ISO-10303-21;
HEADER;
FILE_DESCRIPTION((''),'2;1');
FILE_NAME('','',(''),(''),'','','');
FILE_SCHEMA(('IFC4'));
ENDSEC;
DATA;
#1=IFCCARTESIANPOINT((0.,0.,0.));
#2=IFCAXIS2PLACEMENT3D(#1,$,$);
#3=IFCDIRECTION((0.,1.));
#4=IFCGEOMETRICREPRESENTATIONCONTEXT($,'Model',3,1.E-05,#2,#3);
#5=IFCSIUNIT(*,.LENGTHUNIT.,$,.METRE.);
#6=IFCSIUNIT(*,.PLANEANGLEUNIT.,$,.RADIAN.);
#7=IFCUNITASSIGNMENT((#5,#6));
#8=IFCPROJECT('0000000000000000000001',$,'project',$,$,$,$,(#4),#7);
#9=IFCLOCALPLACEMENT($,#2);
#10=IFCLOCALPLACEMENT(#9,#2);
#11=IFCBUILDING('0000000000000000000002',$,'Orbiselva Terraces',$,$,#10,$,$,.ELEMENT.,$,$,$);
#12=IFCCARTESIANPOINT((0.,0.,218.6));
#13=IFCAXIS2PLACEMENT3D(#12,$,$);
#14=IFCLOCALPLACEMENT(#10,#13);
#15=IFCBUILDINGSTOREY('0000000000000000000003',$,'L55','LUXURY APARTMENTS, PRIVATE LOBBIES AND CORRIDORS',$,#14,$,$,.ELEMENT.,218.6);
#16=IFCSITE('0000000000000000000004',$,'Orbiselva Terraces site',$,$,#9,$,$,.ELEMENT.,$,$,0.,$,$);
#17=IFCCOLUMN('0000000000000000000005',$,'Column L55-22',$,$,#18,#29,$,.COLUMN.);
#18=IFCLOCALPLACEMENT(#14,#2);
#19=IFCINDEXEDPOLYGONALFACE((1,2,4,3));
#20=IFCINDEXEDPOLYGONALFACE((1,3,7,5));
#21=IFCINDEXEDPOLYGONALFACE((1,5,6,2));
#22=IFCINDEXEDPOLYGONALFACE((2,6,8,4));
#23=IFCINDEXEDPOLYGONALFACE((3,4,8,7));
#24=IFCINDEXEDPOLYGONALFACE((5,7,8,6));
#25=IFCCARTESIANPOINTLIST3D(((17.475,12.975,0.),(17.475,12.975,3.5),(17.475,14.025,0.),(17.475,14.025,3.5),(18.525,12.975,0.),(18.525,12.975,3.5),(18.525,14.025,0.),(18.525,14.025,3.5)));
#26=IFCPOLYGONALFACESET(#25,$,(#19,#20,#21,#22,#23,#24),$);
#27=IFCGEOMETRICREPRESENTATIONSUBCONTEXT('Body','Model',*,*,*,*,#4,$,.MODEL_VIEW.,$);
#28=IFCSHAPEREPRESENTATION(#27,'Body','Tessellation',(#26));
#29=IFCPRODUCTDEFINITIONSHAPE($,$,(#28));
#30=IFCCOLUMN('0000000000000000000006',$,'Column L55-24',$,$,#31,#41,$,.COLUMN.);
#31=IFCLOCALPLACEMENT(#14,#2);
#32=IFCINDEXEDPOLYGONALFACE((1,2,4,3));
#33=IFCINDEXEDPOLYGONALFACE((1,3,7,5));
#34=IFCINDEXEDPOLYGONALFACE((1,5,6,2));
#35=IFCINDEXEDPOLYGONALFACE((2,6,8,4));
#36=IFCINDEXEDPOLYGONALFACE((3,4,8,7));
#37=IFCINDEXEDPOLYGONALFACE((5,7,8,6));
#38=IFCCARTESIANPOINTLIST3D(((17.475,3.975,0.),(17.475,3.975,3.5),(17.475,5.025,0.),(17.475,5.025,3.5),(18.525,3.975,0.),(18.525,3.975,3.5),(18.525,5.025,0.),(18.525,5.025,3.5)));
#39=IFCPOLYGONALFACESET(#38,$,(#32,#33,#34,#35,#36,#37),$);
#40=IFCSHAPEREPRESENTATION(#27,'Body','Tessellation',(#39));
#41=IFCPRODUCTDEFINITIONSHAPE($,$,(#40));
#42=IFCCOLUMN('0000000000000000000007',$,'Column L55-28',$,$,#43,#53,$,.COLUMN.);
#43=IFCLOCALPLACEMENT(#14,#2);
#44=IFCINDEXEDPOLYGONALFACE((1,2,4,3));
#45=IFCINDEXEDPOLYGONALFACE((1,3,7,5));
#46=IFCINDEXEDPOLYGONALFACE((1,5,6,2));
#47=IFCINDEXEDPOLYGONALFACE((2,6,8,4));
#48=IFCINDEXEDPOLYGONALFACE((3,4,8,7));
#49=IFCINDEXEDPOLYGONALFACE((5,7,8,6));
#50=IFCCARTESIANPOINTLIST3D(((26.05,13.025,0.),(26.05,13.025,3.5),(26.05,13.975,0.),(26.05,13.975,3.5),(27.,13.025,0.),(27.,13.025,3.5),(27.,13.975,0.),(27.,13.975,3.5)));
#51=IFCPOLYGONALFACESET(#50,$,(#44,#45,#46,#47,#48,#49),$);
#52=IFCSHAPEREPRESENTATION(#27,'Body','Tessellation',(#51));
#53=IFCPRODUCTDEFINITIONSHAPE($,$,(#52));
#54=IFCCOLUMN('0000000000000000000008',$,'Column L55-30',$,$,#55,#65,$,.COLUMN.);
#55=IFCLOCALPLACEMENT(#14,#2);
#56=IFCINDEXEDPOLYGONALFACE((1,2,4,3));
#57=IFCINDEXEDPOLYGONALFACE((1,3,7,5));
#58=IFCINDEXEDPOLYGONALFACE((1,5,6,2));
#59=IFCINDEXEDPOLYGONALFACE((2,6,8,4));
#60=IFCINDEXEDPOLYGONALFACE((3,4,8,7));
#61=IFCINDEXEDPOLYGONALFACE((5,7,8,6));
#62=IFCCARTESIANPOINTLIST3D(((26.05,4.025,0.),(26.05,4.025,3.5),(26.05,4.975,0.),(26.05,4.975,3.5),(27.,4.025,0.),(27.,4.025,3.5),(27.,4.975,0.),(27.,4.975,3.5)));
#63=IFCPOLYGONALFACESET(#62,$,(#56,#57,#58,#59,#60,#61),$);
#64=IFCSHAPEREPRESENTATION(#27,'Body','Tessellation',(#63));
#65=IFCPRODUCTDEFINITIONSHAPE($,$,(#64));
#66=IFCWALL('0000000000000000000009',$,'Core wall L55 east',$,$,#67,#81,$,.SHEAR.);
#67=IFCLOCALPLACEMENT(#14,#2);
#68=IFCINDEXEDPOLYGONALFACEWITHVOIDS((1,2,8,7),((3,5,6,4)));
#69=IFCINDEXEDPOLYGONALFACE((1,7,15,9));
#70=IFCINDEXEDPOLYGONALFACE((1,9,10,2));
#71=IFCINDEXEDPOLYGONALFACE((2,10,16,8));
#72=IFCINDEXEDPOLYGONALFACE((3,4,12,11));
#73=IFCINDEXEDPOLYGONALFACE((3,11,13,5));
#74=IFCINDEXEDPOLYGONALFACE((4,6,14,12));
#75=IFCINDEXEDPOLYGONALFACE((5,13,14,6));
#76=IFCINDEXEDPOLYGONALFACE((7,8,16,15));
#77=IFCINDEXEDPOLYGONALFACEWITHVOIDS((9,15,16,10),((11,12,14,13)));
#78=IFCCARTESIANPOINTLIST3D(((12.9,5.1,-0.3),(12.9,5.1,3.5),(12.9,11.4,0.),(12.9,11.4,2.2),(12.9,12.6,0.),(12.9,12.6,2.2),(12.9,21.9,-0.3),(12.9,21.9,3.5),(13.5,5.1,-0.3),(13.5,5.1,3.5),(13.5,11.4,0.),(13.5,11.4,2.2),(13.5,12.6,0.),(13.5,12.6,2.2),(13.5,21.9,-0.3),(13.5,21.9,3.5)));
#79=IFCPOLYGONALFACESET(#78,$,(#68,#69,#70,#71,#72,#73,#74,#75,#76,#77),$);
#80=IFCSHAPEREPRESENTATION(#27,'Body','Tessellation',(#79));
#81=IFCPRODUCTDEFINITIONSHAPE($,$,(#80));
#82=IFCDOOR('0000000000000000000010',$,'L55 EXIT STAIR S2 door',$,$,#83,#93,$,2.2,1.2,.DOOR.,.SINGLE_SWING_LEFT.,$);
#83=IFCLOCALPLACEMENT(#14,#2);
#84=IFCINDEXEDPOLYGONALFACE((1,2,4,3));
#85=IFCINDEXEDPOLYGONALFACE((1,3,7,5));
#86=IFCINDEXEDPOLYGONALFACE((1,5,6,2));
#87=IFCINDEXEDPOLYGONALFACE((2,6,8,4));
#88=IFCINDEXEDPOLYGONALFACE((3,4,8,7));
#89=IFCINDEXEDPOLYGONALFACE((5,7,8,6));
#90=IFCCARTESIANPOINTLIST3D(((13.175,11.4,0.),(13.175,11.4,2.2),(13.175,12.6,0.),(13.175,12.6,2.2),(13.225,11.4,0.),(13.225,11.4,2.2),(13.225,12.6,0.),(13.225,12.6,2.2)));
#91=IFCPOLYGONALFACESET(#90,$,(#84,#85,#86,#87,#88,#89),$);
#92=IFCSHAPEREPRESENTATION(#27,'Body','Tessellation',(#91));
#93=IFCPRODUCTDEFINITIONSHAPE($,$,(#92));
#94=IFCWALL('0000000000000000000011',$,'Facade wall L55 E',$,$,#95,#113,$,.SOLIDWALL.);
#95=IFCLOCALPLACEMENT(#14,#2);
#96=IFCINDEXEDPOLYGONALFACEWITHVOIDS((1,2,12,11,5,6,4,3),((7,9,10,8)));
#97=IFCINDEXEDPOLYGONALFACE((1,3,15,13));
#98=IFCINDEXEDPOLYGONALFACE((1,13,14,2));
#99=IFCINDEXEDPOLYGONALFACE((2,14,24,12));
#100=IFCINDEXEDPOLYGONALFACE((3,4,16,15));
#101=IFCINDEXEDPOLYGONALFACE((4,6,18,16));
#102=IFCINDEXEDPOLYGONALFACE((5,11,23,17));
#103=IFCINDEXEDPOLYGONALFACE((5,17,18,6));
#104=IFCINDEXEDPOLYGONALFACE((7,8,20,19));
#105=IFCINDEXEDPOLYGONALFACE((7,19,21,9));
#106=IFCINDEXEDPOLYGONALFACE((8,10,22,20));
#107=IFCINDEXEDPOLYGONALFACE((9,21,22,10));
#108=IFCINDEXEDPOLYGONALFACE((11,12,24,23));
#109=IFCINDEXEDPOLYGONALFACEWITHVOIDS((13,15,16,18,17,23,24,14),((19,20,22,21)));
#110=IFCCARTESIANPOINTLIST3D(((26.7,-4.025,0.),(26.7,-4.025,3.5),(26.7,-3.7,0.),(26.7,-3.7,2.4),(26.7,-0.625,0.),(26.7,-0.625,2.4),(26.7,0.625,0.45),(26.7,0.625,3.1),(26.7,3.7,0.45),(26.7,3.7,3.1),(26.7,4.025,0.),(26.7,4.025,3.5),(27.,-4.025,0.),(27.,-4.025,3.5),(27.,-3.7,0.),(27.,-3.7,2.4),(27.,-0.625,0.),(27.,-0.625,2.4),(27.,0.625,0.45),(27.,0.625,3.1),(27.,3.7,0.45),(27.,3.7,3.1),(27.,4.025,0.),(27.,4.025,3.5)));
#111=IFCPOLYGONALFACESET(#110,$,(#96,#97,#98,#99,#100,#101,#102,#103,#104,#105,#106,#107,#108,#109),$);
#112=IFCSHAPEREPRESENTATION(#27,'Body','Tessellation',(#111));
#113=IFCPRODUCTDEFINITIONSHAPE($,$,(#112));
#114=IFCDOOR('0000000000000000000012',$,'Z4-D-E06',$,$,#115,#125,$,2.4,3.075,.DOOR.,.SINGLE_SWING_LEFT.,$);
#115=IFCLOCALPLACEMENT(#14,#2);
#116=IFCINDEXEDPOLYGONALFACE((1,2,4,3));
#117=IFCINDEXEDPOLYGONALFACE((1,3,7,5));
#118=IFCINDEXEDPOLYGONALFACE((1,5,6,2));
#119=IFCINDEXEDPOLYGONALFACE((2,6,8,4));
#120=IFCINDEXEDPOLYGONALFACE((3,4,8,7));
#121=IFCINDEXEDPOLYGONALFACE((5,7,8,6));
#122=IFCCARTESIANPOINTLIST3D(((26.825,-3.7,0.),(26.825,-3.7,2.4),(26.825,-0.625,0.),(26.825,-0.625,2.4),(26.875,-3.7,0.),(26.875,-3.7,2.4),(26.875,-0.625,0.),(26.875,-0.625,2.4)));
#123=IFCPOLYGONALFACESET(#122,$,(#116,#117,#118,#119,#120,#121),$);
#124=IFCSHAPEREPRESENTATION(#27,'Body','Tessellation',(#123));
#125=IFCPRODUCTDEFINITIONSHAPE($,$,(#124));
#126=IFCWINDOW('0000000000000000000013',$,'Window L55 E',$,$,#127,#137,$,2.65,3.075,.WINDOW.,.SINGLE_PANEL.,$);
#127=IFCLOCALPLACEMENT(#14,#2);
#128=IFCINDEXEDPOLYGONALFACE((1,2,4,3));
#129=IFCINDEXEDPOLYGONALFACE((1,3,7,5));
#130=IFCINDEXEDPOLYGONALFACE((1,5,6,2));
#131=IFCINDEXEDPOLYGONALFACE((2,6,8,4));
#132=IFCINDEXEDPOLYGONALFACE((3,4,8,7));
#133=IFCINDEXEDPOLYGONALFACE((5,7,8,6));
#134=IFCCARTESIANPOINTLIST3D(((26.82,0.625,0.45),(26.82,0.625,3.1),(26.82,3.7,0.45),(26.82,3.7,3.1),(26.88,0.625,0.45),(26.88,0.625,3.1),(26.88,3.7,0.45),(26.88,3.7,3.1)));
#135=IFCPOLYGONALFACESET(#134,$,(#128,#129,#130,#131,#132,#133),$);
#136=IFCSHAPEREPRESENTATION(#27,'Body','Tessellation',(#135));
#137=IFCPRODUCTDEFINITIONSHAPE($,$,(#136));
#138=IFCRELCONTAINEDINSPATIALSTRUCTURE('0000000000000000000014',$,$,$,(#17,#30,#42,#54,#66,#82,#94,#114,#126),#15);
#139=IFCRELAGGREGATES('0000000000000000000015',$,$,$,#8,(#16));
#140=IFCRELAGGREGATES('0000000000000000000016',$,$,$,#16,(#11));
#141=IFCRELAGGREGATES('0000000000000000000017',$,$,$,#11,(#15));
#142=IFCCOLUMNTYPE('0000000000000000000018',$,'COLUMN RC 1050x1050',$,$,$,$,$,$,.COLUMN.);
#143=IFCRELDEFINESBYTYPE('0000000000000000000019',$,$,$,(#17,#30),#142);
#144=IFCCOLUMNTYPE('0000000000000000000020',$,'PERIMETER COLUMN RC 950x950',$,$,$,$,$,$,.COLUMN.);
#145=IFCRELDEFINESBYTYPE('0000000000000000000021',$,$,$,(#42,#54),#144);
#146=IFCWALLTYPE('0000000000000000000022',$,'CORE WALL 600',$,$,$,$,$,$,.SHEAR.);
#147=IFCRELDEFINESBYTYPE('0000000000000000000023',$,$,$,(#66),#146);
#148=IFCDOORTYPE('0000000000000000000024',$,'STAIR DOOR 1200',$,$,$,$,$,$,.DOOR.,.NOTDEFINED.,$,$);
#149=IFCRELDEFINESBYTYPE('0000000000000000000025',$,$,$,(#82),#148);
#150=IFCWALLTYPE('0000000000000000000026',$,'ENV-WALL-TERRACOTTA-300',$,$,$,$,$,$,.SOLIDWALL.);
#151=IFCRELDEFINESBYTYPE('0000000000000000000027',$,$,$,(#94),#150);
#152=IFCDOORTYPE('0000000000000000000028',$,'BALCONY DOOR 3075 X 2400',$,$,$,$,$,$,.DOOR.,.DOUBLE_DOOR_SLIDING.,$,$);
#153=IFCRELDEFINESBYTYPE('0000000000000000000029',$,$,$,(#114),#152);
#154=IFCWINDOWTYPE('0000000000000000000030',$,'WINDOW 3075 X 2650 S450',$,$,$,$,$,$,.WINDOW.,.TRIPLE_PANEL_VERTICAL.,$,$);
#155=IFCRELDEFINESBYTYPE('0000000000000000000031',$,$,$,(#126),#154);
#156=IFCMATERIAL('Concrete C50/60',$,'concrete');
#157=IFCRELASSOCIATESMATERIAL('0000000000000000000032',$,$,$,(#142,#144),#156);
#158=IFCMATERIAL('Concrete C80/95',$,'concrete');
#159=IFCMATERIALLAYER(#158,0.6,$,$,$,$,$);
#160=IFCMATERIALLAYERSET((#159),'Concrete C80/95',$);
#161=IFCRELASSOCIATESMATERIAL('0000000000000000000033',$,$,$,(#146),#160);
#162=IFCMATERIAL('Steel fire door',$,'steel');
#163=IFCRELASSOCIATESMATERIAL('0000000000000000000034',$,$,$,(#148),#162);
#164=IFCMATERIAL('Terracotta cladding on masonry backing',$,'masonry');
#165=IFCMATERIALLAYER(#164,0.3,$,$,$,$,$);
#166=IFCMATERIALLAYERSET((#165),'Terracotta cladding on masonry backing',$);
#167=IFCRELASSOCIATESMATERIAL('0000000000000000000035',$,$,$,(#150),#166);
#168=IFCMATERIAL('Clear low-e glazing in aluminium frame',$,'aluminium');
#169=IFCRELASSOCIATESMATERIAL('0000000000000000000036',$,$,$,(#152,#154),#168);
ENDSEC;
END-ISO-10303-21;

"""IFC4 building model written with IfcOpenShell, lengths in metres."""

from ifc_helpers import new_model, si_unit, direction, frame, frame_2d, origin, origin_2d, place, context, subcontext, project, spatial, rectangle, extrude, material, layer, layer_set, material_profile, profile_set, type_object, element, fill, save


model = new_model("IFC4")

# Units and contexts
model_context = context("Model", 3, precision=1e-05, world=origin(), true_north=direction((0.0, 1.0)))
body_context = subcontext(model_context, "Body", "Model", "MODEL_VIEW")
ifc_project = project(units=[si_unit("LENGTHUNIT", "METRE"), si_unit("PLANEANGLEUNIT", "RADIAN")], contexts=[model_context])

# Site, building, storey
site_placement = place(None, origin())
site = spatial("IfcSite", under=ifc_project, at=site_placement, Name="Orbiselva Terraces site", CompositionType="ELEMENT", RefElevation=0.0)
building_placement = place(site_placement, origin())
building = spatial("IfcBuilding", under=site, at=building_placement, Name="Orbiselva Terraces", CompositionType="ELEMENT")
storey_placement = place(building_placement, frame((0.0, 0.0, 218.6)))
storey = spatial("IfcBuildingStorey", under=building, at=storey_placement, Name="L55", Description="LUXURY APARTMENTS, PRIVATE LOBBIES AND CORRIDORS", CompositionType="ELEMENT", Elevation=218.6)

# Columns
ifc_material_1 = material(Name="Concrete C50/60", Category="concrete")
ifc_material_profile_1 = material_profile(ifc_material_1, rectangle(XDim=1.05, YDim=1.05, at=origin_2d()), Name="RC 1050x1050")
ifc_profile_set_1 = profile_set([ifc_material_profile_1], Name="Concrete C50/60")
column_type_1 = type_object("IfcColumnType", Name="COLUMN RC 1050x1050", PredefinedType="COLUMN", material=ifc_profile_set_1)
for number, where, z_axis, x_axis, name in (
    (1, (18.0, 13.5, 0.0), (0.0, 0.0, 1.0), (1.0, 0.0, 0.0), "Column L55-22"),
    (2, (18.0, 4.5, 0.0), (0.0, 0.0, 1.0), (1.0, 0.0, 0.0), "Column L55-24"),
):
    element("IfcColumn", number, at=place(storey_placement, frame(where, z_axis=z_axis, x_axis=x_axis)), inside=storey, type_object=column_type_1, Name=name, PredefinedType="COLUMN", context=body_context, shape_type="SweptSolid", body=[
        extrude(rectangle(XDim=1.05, YDim=1.05, at=origin_2d()), origin(), (0.0, 0.0, 1.0), 3.5),
    ])
ifc_material_profile_2 = material_profile(ifc_material_1, rectangle(XDim=0.95, YDim=0.95, at=origin_2d()), Name="RC 950x950")
ifc_profile_set_2 = profile_set([ifc_material_profile_2], Name="Concrete C50/60")
column_type_2 = type_object("IfcColumnType", Name="PERIMETER COLUMN RC 950x950", PredefinedType="COLUMN", material=ifc_profile_set_2)
for number, where, z_axis, x_axis, name in (
    (3, (26.525, 13.5, 0.0), (0.0, 0.0, 1.0), (1.0, 0.0, 0.0), "Column L55-28"),
    (4, (26.525, 4.5, 0.0), (0.0, 0.0, 1.0), (1.0, 0.0, 0.0), "Column L55-30"),
):
    element("IfcColumn", number, at=place(storey_placement, frame(where, z_axis=z_axis, x_axis=x_axis)), inside=storey, type_object=column_type_2, Name=name, PredefinedType="COLUMN", context=body_context, shape_type="SweptSolid", body=[
        extrude(rectangle(XDim=0.95, YDim=0.95, at=origin_2d()), origin(), (0.0, 0.0, 1.0), 3.5),
    ])

# Wall, opening, door
ifc_material_2 = material(Name="Concrete C80/95", Category="concrete")
ifc_layer_1 = layer(ifc_material_2, 0.6)
ifc_layer_set_1 = layer_set([ifc_layer_1], Name="Concrete C80/95")
wall_type_1 = type_object("IfcWallType", Name="CORE WALL 600", PredefinedType="SHEAR", material=ifc_layer_set_1)
wall_1_placement = place(storey_placement, frame((13.2, 5.1, -0.3), z_axis=(0.0, 0.0, 1.0), x_axis=(0.0, 1.0, 0.0)))
wall_1 = element("IfcWall", 5, at=wall_1_placement, inside=storey, type_object=wall_type_1, Name="Core wall L55 east", PredefinedType="SHEAR", context=body_context, shape_type="SweptSolid", body=[
    extrude(rectangle(XDim=16.8, YDim=0.6, at=frame_2d((8.4, 0.0))), origin(), (0.0, 0.0, 1.0), 3.8),
])
opening_1_placement = place(wall_1_placement, frame((6.3, 0.0, 0.3)))
opening_1 = element("IfcOpeningElement", 6, at=opening_1_placement, cuts=wall_1, PredefinedType="OPENING", context=body_context, shape_type="SweptSolid", body=[
    extrude(rectangle(XDim=1.2, YDim=2.2, at=frame_2d((0.6, 1.1))), frame((0.0, 0.31, 0.0), z_axis=(0.0, -1.0, 0.0), x_axis=(1.0, 0.0, 0.0)), (0.0, 0.0, 1.0), 0.62),
])
ifc_material_3 = material(Name="Steel fire door", Category="steel")
door_type_1 = type_object("IfcDoorType", Name="STAIR DOOR 1200", OperationType="NOTDEFINED", PredefinedType="DOOR", material=ifc_material_3)
door_1_placement = place(opening_1_placement, frame((1.2, 0.0, 0.0), z_axis=(0.0, 0.0, 1.0), x_axis=(-1.0, 0.0, 0.0)))
door_1 = element("IfcDoor", 7, at=door_1_placement, inside=storey, type_object=door_type_1, Name="L55 EXIT STAIR S2 door", OperationType="SINGLE_SWING_LEFT", OverallHeight=2.2, OverallWidth=1.2, PredefinedType="DOOR", context=body_context, shape_type="SweptSolid", body=[
    extrude(rectangle(XDim=1.2, YDim=2.2, at=frame_2d((0.6, 1.1))), frame((0.0, 0.025, 0.0), z_axis=(0.0, -1.0, 0.0), x_axis=(1.0, 0.0, 0.0)), (0.0, 0.0, 1.0), 0.05),
])
fill(opening_1, door_1)

# Wall, openings, door, window
ifc_material_4 = material(Name="Terracotta cladding on masonry backing", Category="masonry")
ifc_layer_2 = layer(ifc_material_4, 0.3)
ifc_layer_set_2 = layer_set([ifc_layer_2], Name="Terracotta cladding on masonry backing")
wall_type_2 = type_object("IfcWallType", Name="ENV-WALL-TERRACOTTA-300", PredefinedType="SOLIDWALL", material=ifc_layer_set_2)
wall_2_placement = place(storey_placement, frame((26.85, 4.025, 0.0), z_axis=(0.0, 0.0, 1.0), x_axis=(0.0, -1.0, 0.0)))
wall_2 = element("IfcWall", 8, at=wall_2_placement, inside=storey, type_object=wall_type_2, Name="Facade wall L55 E", PredefinedType="SOLIDWALL", context=body_context, shape_type="SweptSolid", body=[
    extrude(rectangle(XDim=8.05, YDim=0.3, at=frame_2d((4.025, 0.0))), origin(), (0.0, 0.0, 1.0), 3.5),
])
opening_2_placement = place(wall_2_placement, frame((4.65, 0.0, 0.0)))
opening_2 = element("IfcOpeningElement", 9, at=opening_2_placement, cuts=wall_2, PredefinedType="OPENING", context=body_context, shape_type="SweptSolid", body=[
    extrude(rectangle(XDim=3.075, YDim=2.4, at=frame_2d((1.5375, 1.2))), frame((0.0, 0.16, 0.0), z_axis=(0.0, -1.0, 0.0), x_axis=(1.0, 0.0, 0.0)), (0.0, 0.0, 1.0), 0.32),
])
opening_3_placement = place(wall_2_placement, frame((0.325, 0.0, 0.45)))
opening_3 = element("IfcOpeningElement", 10, at=opening_3_placement, cuts=wall_2, PredefinedType="OPENING", context=body_context, shape_type="SweptSolid", body=[
    extrude(rectangle(XDim=3.075, YDim=2.65, at=frame_2d((1.5375, 1.325))), frame((0.0, 0.16, 0.0), z_axis=(0.0, -1.0, 0.0), x_axis=(1.0, 0.0, 0.0)), (0.0, 0.0, 1.0), 0.32),
])
ifc_material_5 = material(Name="Clear low-e glazing in aluminium frame", Category="aluminium")
door_type_2 = type_object("IfcDoorType", Name="BALCONY DOOR 3075 X 2400", OperationType="DOUBLE_DOOR_SLIDING", PredefinedType="DOOR", material=ifc_material_5)
door_2_placement = place(opening_2_placement, origin())
door_2 = element("IfcDoor", 11, at=door_2_placement, inside=storey, type_object=door_type_2, Name="Z4-D-E06", OperationType="SINGLE_SWING_LEFT", OverallHeight=2.4, OverallWidth=3.075, PredefinedType="DOOR", context=body_context, shape_type="SweptSolid", body=[
    extrude(rectangle(XDim=3.075, YDim=2.4, at=frame_2d((1.5375, 1.2))), frame((0.0, 0.025, 0.0), z_axis=(0.0, -1.0, 0.0), x_axis=(1.0, 0.0, 0.0)), (0.0, 0.0, 1.0), 0.05),
])
fill(opening_2, door_2)
window_type = type_object("IfcWindowType", Name="WINDOW 3075 X 2650 S450", PartitioningType="TRIPLE_PANEL_VERTICAL", PredefinedType="WINDOW", material=ifc_material_5)
window_1_placement = place(opening_3_placement, origin())
window_1 = element("IfcWindow", 12, at=window_1_placement, inside=storey, type_object=window_type, Name="Window L55 E", OverallHeight=2.65, OverallWidth=3.075, PartitioningType="SINGLE_PANEL", PredefinedType="WINDOW", context=body_context, shape_type="SweptSolid", body=[
    extrude(rectangle(XDim=3.075, YDim=2.65, at=frame_2d((1.5375, 1.325))), frame((0.0, 0.03, 0.0), z_axis=(0.0, -1.0, 0.0), x_axis=(1.0, 0.0, 0.0)), (0.0, 0.0, 1.0), 0.06),
])
fill(opening_3, window_1)

save(model, "model.ifc")
